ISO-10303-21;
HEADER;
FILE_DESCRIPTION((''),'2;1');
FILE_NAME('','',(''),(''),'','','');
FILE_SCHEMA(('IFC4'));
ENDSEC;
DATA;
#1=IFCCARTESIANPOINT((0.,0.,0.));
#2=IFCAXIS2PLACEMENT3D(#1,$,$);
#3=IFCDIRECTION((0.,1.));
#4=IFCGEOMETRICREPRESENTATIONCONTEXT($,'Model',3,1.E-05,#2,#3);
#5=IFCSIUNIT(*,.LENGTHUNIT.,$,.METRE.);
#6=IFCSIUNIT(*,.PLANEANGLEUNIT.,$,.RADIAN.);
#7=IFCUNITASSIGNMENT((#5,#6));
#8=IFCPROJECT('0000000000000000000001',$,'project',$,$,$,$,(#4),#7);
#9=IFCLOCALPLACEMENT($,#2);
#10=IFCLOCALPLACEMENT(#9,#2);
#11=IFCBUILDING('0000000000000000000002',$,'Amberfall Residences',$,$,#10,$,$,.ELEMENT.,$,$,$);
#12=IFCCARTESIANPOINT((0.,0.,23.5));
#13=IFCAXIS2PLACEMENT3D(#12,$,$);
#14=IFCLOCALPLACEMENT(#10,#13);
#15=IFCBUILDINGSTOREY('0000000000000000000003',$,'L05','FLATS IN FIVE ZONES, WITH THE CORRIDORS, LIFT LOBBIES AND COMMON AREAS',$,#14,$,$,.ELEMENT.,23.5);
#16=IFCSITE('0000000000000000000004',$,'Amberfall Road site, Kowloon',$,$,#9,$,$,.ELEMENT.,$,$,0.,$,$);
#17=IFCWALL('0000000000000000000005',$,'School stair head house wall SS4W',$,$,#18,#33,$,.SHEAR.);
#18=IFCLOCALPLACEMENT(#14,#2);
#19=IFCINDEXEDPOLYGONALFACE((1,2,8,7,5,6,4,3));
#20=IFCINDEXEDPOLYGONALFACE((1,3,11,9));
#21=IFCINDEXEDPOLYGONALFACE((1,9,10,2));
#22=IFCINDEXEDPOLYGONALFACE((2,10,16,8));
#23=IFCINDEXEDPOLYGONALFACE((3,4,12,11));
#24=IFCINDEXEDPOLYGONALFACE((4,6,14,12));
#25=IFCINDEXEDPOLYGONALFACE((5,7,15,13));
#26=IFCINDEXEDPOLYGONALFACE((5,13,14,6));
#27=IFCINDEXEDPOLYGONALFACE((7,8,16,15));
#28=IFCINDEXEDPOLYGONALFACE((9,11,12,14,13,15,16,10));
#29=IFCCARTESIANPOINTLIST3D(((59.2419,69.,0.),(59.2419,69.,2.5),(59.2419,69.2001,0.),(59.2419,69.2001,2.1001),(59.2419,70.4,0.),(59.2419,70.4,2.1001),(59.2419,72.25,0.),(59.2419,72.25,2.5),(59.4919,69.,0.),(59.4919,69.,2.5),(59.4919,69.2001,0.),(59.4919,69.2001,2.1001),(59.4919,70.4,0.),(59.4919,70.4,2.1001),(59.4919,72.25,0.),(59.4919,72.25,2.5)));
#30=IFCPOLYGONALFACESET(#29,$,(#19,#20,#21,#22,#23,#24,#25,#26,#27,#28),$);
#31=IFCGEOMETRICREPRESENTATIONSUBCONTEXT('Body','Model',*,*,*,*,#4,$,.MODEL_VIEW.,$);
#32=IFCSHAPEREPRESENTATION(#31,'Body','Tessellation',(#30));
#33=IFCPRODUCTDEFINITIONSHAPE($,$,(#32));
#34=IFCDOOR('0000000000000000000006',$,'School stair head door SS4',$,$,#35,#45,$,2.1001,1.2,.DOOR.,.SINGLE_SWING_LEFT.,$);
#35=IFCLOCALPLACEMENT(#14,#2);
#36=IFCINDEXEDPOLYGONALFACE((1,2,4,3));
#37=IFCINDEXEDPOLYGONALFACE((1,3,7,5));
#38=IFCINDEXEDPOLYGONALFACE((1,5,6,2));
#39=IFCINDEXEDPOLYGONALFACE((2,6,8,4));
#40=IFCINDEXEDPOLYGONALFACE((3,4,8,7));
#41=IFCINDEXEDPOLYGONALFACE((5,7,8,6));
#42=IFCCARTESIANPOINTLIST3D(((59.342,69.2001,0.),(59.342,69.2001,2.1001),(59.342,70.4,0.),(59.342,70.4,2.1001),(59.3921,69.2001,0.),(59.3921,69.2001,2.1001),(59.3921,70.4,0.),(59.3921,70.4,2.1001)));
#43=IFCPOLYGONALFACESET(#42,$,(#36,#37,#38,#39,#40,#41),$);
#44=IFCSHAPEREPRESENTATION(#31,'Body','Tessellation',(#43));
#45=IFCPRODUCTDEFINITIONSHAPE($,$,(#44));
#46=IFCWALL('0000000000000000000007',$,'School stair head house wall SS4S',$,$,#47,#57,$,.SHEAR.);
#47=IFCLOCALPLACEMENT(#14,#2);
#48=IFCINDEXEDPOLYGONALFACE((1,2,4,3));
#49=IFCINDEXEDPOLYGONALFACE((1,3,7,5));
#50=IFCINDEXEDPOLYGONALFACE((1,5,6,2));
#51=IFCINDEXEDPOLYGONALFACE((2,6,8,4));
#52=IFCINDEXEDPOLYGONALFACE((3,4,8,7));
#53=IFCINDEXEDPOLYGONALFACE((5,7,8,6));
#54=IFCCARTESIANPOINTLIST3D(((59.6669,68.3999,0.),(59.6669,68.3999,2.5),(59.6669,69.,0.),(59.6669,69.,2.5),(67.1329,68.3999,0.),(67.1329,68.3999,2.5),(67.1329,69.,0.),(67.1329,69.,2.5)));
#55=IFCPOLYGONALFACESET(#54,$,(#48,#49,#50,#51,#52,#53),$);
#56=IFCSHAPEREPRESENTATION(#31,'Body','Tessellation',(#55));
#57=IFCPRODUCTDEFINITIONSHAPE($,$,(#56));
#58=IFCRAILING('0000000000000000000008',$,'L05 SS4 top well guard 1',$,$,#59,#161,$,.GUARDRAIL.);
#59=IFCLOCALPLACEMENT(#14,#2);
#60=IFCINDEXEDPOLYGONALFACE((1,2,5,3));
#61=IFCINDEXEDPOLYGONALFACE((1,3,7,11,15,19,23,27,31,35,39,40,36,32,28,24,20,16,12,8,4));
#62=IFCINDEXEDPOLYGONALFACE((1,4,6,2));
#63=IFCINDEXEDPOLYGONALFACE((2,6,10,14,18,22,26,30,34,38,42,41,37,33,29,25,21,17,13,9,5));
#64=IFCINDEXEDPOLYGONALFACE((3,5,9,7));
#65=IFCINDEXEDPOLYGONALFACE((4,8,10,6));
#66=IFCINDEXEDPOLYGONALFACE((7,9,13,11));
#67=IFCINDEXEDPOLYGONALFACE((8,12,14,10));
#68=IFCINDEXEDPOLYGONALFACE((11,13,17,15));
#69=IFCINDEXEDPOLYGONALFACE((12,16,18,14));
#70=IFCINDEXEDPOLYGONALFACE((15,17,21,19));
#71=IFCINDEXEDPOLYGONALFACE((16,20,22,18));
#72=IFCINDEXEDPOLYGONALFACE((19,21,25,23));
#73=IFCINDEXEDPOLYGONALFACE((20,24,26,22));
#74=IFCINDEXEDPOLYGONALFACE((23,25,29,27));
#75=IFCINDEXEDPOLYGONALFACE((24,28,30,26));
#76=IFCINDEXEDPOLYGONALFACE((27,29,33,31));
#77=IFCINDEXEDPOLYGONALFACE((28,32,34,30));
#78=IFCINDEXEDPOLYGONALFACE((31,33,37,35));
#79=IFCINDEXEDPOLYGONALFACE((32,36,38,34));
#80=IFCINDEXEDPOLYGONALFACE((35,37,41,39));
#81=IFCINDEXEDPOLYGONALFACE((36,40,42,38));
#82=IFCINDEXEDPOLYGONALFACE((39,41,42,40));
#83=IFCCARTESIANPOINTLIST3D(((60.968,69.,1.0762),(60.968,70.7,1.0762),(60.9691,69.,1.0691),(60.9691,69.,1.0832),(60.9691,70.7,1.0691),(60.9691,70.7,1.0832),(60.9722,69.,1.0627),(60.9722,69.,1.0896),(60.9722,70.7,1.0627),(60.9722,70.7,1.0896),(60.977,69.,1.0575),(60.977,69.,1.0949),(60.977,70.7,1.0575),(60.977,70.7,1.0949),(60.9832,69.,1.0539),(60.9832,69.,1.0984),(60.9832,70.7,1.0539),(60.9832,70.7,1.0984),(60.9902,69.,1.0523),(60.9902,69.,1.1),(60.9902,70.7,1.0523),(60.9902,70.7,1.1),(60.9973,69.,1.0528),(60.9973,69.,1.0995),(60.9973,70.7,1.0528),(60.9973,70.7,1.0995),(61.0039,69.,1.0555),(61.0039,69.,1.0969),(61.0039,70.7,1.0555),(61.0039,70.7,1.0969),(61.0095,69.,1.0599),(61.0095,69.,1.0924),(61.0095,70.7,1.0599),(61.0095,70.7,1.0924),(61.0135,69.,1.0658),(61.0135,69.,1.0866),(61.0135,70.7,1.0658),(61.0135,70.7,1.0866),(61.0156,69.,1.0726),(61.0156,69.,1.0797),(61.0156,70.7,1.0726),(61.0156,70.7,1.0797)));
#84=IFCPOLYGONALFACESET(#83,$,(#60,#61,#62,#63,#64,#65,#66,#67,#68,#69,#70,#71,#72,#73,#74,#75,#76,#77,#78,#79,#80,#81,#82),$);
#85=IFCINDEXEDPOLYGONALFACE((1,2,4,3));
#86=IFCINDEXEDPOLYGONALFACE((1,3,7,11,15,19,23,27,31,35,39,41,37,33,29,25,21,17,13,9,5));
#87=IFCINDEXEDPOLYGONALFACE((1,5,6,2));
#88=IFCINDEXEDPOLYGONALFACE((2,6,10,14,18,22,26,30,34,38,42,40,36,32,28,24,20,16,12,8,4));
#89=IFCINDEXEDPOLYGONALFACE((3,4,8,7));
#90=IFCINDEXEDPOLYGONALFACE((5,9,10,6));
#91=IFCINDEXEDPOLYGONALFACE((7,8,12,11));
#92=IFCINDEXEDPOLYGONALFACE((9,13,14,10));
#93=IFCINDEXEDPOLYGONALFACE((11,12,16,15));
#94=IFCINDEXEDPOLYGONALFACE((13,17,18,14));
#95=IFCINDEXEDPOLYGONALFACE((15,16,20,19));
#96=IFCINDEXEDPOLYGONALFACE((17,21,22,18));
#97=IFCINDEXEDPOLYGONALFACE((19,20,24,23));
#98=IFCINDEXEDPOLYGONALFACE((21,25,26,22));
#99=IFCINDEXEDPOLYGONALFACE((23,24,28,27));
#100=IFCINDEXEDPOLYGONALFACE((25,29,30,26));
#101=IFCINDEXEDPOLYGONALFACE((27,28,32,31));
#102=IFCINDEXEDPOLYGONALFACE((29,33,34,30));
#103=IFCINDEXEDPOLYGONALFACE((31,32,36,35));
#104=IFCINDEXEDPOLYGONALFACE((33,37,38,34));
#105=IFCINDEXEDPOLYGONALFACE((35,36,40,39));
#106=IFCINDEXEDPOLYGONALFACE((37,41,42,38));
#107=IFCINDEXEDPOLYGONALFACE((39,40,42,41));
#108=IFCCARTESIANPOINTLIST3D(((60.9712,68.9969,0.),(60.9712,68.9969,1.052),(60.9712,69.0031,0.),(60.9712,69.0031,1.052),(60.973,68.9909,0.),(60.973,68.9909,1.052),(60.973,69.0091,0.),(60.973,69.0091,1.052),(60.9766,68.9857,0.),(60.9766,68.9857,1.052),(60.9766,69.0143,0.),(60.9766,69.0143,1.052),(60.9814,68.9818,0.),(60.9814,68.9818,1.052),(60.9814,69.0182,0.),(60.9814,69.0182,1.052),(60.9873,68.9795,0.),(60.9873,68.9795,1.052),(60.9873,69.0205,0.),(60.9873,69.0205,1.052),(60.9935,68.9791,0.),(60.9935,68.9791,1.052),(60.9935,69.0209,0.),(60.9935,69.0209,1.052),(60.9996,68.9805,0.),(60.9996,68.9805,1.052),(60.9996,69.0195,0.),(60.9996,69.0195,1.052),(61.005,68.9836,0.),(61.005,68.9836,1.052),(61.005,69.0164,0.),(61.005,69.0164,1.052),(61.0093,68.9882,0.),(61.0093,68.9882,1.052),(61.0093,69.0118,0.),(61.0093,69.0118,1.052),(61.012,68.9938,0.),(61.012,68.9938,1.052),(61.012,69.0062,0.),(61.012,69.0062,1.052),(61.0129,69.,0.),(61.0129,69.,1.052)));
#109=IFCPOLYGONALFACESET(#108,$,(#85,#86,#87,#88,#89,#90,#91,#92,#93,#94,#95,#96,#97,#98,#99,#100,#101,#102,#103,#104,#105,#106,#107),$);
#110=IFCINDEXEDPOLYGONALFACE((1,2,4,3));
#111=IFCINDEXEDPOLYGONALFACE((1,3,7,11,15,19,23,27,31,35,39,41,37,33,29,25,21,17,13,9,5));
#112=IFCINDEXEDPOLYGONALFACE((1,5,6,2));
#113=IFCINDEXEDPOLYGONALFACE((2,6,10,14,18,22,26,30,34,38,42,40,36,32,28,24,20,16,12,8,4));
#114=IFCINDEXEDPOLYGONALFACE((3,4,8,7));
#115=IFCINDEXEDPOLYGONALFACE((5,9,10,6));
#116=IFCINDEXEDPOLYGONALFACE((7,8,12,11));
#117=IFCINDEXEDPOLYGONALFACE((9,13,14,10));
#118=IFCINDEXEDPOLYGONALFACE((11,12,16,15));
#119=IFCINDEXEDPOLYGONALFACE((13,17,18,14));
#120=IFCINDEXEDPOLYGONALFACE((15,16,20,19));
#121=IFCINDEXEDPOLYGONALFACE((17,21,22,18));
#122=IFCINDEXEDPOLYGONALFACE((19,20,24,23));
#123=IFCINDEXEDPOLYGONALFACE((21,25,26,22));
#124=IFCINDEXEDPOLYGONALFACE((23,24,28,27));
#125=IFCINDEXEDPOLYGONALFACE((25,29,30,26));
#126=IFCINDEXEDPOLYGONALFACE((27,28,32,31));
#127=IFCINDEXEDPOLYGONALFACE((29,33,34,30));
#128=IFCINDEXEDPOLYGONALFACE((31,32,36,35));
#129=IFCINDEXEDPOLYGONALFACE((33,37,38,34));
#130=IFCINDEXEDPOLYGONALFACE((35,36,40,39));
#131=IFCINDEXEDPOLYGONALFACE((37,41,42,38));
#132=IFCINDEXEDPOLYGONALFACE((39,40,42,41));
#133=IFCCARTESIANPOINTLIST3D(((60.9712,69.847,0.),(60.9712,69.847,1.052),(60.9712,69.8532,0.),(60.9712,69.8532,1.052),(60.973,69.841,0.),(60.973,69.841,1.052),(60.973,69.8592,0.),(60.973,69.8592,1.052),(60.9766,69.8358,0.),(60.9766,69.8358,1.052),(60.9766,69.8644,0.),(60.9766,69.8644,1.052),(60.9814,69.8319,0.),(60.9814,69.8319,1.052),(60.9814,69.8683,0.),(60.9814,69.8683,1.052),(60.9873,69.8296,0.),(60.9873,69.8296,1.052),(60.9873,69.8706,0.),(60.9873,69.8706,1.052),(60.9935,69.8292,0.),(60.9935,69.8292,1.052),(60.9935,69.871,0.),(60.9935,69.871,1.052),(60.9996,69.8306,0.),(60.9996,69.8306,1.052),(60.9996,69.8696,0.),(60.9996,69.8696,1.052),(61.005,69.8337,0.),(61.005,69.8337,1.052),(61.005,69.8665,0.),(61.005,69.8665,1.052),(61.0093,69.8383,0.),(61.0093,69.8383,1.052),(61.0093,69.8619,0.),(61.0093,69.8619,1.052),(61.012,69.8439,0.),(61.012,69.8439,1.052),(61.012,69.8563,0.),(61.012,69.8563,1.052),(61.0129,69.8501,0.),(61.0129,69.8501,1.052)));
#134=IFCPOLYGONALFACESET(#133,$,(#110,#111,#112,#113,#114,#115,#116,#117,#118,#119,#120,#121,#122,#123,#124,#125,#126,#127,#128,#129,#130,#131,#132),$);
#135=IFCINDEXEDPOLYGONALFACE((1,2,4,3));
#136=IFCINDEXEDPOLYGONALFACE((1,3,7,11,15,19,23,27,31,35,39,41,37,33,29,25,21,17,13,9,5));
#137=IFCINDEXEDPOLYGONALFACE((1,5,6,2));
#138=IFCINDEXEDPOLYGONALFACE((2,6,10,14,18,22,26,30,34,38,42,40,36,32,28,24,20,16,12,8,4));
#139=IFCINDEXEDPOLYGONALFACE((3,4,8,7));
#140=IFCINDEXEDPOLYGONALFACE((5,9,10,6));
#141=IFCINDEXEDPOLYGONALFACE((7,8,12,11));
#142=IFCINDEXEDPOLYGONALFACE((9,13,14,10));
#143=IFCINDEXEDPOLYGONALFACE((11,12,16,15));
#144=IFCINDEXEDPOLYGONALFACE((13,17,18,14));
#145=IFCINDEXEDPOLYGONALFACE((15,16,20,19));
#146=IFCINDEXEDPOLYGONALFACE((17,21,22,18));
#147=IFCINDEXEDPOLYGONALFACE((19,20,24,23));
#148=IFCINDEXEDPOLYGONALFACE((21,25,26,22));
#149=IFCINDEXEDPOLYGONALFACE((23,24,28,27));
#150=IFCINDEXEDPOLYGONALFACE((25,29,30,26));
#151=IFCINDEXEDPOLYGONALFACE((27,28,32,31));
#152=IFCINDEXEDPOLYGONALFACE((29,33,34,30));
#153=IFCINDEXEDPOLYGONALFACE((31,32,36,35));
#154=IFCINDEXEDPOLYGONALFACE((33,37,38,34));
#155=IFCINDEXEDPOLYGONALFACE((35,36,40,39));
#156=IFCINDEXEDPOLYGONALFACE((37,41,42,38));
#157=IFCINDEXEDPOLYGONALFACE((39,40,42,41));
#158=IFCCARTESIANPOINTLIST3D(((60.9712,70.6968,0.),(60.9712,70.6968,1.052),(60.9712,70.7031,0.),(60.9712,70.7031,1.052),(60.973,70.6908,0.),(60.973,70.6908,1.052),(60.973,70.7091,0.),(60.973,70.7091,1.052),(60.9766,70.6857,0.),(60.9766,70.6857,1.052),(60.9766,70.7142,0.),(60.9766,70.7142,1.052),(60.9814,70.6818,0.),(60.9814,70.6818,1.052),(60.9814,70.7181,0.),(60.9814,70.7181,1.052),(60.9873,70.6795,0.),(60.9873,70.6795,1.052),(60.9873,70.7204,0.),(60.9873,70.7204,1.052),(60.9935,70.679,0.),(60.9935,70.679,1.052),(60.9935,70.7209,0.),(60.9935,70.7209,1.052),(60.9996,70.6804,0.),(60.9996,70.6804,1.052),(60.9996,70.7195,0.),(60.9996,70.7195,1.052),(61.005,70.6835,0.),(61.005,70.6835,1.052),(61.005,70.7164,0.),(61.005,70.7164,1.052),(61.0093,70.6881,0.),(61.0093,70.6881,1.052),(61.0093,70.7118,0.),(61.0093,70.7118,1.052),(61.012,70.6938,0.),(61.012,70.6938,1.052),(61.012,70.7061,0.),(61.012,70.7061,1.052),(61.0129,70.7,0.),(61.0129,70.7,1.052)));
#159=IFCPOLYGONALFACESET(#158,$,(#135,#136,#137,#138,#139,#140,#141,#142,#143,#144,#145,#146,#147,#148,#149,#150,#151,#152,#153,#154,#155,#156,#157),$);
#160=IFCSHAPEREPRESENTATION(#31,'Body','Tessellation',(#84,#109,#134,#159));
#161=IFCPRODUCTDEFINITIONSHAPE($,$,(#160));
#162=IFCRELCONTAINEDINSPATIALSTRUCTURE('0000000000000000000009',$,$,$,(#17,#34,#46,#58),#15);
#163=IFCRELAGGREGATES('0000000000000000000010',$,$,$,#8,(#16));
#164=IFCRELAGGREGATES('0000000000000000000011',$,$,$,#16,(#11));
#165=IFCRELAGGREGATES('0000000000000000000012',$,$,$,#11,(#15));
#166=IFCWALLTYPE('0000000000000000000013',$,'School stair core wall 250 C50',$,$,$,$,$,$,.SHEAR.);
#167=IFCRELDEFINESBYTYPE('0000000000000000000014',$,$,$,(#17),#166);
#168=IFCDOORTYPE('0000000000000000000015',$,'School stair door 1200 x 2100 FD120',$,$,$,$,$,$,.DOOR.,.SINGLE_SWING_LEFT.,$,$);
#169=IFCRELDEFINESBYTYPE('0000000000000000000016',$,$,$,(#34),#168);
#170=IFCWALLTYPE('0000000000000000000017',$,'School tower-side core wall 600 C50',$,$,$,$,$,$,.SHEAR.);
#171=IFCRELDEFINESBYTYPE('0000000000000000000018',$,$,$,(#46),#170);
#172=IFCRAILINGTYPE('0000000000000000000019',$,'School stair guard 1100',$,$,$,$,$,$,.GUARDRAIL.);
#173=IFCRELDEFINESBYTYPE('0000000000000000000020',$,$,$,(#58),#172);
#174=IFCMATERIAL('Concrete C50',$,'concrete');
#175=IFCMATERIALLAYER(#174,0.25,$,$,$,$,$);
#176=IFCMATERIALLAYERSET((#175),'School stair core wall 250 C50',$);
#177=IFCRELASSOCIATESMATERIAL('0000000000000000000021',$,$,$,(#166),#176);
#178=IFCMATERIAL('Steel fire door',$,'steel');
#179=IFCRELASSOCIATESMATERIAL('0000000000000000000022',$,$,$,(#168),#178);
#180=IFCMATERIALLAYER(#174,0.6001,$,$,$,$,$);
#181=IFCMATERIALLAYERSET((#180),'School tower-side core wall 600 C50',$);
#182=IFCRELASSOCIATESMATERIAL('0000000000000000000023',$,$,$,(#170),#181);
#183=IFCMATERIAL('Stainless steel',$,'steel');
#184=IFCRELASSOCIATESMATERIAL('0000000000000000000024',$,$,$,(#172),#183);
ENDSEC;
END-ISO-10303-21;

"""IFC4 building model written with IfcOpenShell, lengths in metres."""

from ifc_helpers import new_model, si_unit, direction, frame, frame_2d, origin, origin_2d, place, context, subcontext, project, spatial, rectangle, circle, extrude, material, layer, layer_set, type_object, element, fill, save


model = new_model("IFC4")

# Units and contexts
model_context = context("Model", 3, precision=1e-05, world=origin(), true_north=direction((0.0, 1.0)))
body_context = subcontext(model_context, "Body", "Model", "MODEL_VIEW")
ifc_project = project(units=[si_unit("LENGTHUNIT", "METRE"), si_unit("PLANEANGLEUNIT", "RADIAN")], contexts=[model_context])

# Site, building, storey
site_placement = place(None, origin())
site = spatial("IfcSite", under=ifc_project, at=site_placement, Name="Amberfall Road site, Kowloon", CompositionType="ELEMENT", RefElevation=0.0)
building_placement = place(site_placement, origin())
building = spatial("IfcBuilding", under=site, at=building_placement, Name="Amberfall Residences", CompositionType="ELEMENT")
storey_placement = place(building_placement, frame((0.0, 0.0, 23.5)))
storey = spatial("IfcBuildingStorey", under=building, at=storey_placement, Name="L05", Description="FLATS IN FIVE ZONES, WITH THE CORRIDORS, LIFT LOBBIES AND COMMON AREAS", CompositionType="ELEMENT", Elevation=23.5)

# Shared definitions
ifc_material_1 = material(Name="Concrete C50", Category="concrete")
ifc_layer_1 = layer(ifc_material_1, 0.25)
ifc_layer_set_1 = layer_set([ifc_layer_1], Name="School stair core wall 250 C50")
wall_type_1 = type_object("IfcWallType", Name="School stair core wall 250 C50", PredefinedType="SHEAR", material=ifc_layer_set_1)

# Wall, opening, door
wall_1_placement = place(storey_placement, frame((59.3669, 69.0, 0.0), z_axis=(0.0, 0.0, 1.0), x_axis=(0.0, 1.0, 0.0)))
wall_1 = element("IfcWall", 1, at=wall_1_placement, inside=storey, type_object=wall_type_1, Name="School stair head house wall SS4W", PredefinedType="SHEAR", context=body_context, shape_type="SweptSolid", body=[
    extrude(rectangle(XDim=3.25, YDim=0.25, at=frame_2d((1.625, 0.0))), origin(), (0.0, 0.0, 1.0), 2.5),
])
opening_1_placement = place(wall_1_placement, frame((0.2, 0.0, 0.0)))
opening_1 = element("IfcOpeningElement", 2, at=opening_1_placement, cuts=wall_1, PredefinedType="OPENING", context=body_context, shape_type="SweptSolid", body=[
    extrude(rectangle(XDim=1.2, YDim=2.1001, at=frame_2d((0.6001, 1.05))), frame((0.0, 0.135, 0.0), z_axis=(0.0, -1.0, 0.0), x_axis=(1.0, 0.0, 0.0)), (0.0, 0.0, 1.0), 0.27),
])
ifc_material_2 = material(Name="Steel fire door", Category="steel")
door_type = type_object("IfcDoorType", Name="School stair door 1200 x 2100 FD120", OperationType="SINGLE_SWING_LEFT", PredefinedType="DOOR", material=ifc_material_2)
door_placement = place(opening_1_placement, origin())
door = element("IfcDoor", 3, at=door_placement, inside=storey, type_object=door_type, Name="School stair head door SS4", OperationType="SINGLE_SWING_LEFT", OverallHeight=2.1001, OverallWidth=1.2, PredefinedType="DOOR", context=body_context, shape_type="SweptSolid", body=[
    extrude(rectangle(XDim=1.2, YDim=2.1001, at=frame_2d((0.6001, 1.05))), frame((0.0, 0.0249, 0.0), z_axis=(0.0, -1.0, 0.0), x_axis=(1.0, 0.0, 0.0)), (0.0, 0.0, 1.0), 0.05),
])
fill(opening_1, door)

# Wall
ifc_layer_2 = layer(ifc_material_1, 0.6001)
ifc_layer_set_2 = layer_set([ifc_layer_2], Name="School tower-side core wall 600 C50")
wall_type_2 = type_object("IfcWallType", Name="School tower-side core wall 600 C50", PredefinedType="SHEAR", material=ifc_layer_set_2)
wall_2_placement = place(storey_placement, frame((59.667, 68.7, 0.0), z_axis=(0.0, 0.0, 1.0), x_axis=(1.0, 0.0, 0.0)))
element("IfcWall", 4, at=wall_2_placement, inside=storey, type_object=wall_type_2, Name="School stair head house wall SS4S", PredefinedType="SHEAR", context=body_context, shape_type="SweptSolid", body=[
    extrude(rectangle(XDim=7.4661, YDim=0.6001, at=frame_2d((3.7329, 0.0))), origin(), (0.0, 0.0, 1.0), 2.5),
])

# Railing
ifc_material_3 = material(Name="Stainless steel", Category="steel")
railing_type = type_object("IfcRailingType", Name="School stair guard 1100", PredefinedType="GUARDRAIL", material=ifc_material_3)
railing_1_placement = place(storey_placement, frame((60.9919, 69.0, 0.0)))
element("IfcRailing", 5, at=railing_1_placement, inside=storey, type_object=railing_type, Name="L05 SS4 top well guard 1", PredefinedType="GUARDRAIL", context=body_context, shape_type="SweptSolid", body=[
    extrude(circle(Radius=0.0239, at=origin_2d()), frame((0.0, 0.0, 1.0762), z_axis=(0.0, 1.0, 0.0), x_axis=(-1.0, 0.0, 0.0)), (0.0, 0.0, 1.0), 1.7),
    extrude(circle(Radius=0.021, at=origin_2d()), origin(), (0.0, 0.0, 1.0), 1.052),
    extrude(circle(Radius=0.021, at=origin_2d()), frame((0.0, 0.8501, 0.0)), (0.0, 0.0, 1.0), 1.052),
    extrude(circle(Radius=0.021, at=origin_2d()), frame((0.0, 1.7, 0.0)), (0.0, 0.0, 1.0), 1.052),
])

save(model, "model.ifc")
